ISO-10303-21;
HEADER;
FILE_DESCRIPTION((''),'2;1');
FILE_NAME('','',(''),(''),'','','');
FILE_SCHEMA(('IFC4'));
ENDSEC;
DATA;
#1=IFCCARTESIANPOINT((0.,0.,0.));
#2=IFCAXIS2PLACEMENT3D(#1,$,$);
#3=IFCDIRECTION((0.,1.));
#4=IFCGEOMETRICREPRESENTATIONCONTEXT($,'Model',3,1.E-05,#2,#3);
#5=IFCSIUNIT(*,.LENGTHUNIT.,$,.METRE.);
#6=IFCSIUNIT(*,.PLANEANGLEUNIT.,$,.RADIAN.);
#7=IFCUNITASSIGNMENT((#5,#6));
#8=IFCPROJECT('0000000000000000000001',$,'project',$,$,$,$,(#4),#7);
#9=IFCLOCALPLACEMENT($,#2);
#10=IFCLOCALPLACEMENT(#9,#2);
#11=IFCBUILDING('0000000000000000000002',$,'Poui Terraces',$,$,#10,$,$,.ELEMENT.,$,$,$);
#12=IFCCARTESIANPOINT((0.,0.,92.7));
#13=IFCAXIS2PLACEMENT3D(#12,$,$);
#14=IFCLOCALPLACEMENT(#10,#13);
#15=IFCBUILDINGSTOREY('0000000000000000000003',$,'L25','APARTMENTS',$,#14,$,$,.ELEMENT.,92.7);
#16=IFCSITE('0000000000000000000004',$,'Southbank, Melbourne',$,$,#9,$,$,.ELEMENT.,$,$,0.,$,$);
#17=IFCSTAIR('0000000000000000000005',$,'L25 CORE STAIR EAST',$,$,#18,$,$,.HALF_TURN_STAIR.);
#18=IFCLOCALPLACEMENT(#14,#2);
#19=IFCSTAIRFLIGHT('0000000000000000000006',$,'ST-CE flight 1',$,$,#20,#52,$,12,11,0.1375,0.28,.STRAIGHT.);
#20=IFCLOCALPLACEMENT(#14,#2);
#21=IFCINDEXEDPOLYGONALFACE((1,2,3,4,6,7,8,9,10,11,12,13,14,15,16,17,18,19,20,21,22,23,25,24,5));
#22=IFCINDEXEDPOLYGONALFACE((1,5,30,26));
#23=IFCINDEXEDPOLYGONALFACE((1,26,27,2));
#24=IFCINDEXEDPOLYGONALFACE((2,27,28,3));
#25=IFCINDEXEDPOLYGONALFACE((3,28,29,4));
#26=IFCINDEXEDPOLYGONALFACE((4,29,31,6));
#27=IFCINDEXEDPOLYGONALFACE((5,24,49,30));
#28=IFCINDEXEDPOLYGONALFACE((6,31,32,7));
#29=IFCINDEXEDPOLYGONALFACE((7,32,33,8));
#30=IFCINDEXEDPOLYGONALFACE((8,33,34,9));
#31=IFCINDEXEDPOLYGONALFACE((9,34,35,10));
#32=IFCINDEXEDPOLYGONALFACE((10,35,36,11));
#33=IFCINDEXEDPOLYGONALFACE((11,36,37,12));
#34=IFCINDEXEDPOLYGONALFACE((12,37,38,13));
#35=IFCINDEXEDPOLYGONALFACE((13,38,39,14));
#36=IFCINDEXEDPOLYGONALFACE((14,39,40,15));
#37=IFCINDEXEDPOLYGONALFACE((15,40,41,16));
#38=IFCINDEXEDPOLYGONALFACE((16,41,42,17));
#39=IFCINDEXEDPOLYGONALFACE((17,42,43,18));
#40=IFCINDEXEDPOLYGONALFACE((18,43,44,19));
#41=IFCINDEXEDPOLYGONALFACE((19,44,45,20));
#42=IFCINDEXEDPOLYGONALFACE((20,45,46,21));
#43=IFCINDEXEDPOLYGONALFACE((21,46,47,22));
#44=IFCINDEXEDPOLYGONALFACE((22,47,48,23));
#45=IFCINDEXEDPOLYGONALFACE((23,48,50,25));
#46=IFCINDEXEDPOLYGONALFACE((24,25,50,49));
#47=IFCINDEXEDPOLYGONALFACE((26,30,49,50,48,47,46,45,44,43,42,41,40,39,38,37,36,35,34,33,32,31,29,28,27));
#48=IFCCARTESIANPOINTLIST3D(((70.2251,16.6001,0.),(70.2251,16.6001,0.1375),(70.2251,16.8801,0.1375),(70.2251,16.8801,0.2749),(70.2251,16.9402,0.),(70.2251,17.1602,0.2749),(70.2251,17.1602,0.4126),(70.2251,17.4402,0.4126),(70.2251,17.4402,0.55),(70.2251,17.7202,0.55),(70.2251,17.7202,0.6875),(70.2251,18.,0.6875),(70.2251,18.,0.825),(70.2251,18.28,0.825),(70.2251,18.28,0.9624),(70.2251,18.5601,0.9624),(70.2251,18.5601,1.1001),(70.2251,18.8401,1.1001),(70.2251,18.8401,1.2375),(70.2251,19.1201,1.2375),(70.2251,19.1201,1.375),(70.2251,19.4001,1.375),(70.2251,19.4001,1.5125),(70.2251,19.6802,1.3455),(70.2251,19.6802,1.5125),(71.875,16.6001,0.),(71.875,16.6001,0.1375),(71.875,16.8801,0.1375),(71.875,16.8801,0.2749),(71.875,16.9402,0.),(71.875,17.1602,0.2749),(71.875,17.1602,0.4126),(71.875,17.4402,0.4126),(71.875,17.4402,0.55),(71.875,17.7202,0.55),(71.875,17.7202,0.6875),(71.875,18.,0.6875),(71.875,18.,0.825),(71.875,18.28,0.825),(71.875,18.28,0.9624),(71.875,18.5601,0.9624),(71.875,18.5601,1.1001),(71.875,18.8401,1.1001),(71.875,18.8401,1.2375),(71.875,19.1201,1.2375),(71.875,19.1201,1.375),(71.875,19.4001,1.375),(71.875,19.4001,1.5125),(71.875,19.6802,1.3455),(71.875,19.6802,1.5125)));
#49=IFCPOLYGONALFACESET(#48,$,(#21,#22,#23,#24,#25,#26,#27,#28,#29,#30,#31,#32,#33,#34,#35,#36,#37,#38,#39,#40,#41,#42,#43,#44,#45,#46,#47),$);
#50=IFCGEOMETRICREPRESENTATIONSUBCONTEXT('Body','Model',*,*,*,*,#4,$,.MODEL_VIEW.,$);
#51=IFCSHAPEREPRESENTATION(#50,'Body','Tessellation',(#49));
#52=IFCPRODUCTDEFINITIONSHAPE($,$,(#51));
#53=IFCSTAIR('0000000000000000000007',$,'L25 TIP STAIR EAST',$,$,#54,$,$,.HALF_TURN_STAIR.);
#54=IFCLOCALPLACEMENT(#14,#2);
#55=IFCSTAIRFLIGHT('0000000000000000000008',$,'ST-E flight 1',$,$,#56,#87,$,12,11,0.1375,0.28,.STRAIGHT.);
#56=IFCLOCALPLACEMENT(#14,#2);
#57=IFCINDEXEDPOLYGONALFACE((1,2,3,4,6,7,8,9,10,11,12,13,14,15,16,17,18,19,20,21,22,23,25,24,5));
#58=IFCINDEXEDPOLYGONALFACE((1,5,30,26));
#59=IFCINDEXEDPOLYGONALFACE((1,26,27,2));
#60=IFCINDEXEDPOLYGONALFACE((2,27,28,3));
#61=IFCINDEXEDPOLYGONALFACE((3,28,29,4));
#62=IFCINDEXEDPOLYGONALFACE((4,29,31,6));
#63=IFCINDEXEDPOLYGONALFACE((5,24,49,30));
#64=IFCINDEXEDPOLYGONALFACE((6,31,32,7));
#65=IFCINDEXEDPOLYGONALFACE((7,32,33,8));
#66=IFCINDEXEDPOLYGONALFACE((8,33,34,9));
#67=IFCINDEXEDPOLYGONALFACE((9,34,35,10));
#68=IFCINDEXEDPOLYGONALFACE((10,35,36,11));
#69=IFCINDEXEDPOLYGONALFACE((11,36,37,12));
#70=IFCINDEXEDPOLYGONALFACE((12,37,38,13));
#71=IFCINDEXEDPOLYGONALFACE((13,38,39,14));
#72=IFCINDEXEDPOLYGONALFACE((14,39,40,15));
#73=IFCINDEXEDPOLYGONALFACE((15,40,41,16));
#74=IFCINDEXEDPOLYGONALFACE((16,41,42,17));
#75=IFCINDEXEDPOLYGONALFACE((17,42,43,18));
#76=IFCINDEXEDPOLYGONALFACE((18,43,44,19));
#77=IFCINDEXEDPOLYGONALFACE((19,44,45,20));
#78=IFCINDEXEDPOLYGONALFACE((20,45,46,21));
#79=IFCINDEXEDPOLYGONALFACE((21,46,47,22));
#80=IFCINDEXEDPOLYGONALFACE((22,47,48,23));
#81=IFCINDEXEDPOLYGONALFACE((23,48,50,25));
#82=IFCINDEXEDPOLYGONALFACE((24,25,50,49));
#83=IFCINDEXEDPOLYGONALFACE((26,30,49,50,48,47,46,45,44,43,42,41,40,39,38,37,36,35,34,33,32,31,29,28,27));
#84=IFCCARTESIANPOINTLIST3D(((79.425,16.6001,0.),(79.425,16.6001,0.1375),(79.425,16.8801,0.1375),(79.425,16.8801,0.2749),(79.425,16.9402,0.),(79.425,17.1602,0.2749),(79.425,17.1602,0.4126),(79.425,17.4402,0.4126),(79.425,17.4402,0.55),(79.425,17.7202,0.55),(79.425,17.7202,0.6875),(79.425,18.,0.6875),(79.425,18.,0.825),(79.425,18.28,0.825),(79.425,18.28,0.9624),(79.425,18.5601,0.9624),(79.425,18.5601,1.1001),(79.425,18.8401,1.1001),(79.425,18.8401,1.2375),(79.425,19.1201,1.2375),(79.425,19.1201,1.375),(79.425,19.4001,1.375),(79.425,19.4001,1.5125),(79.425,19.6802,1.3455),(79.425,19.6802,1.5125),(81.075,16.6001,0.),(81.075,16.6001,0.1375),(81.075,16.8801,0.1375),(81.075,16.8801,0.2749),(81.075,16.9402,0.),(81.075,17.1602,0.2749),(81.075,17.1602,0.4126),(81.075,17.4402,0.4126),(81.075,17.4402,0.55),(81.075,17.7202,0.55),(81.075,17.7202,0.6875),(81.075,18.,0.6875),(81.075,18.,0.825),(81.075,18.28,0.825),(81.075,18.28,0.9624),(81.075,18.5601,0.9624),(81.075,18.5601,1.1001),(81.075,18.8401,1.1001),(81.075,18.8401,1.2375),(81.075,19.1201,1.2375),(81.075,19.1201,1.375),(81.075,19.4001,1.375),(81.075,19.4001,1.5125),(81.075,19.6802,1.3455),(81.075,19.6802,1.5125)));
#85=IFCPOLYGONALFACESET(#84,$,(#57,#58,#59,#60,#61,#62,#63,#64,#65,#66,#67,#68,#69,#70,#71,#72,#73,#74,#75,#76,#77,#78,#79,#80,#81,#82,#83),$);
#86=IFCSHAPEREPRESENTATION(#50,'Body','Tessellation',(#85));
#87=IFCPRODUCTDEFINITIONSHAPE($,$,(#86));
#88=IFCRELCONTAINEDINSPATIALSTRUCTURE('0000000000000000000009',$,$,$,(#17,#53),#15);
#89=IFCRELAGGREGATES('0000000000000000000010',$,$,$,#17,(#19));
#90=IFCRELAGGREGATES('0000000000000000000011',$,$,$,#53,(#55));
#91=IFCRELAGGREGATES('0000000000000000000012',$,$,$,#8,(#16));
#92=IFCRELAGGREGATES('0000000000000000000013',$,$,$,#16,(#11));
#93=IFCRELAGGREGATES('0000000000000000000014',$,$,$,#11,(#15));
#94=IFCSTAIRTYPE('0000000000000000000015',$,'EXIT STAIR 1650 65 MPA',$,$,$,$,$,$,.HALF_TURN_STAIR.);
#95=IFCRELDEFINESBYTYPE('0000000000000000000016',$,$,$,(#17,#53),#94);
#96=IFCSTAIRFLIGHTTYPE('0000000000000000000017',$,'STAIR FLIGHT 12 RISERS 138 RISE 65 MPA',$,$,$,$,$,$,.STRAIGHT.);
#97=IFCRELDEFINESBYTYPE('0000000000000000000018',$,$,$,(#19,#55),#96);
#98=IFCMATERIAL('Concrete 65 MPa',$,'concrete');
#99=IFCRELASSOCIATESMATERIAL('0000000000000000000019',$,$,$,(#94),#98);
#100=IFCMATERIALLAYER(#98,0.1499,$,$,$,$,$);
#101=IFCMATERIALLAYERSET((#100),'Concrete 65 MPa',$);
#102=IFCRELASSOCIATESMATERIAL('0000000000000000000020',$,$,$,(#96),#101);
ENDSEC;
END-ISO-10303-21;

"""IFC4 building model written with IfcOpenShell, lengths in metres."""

from ifc_helpers import new_model, si_unit, direction, frame, origin, place, context, subcontext, project, spatial, polyline, outline, extrude, material, layer, layer_set, type_object, element, aggregate, save


model = new_model("IFC4")

# Units and contexts
model_context = context("Model", 3, precision=1e-05, world=origin(), true_north=direction((0.0, 1.0)))
body_context = subcontext(model_context, "Body", "Model", "MODEL_VIEW")
ifc_project = project(units=[si_unit("LENGTHUNIT", "METRE"), si_unit("PLANEANGLEUNIT", "RADIAN")], contexts=[model_context])

# Site, building, storey
site_placement = place(None, origin())
site = spatial("IfcSite", under=ifc_project, at=site_placement, Name="Southbank, Melbourne", CompositionType="ELEMENT", RefElevation=0.0)
building_placement = place(site_placement, origin())
building = spatial("IfcBuilding", under=site, at=building_placement, Name="Poui Terraces", CompositionType="ELEMENT")
storey_placement = place(building_placement, frame((0.0, 0.0, 92.7)))
storey = spatial("IfcBuildingStorey", under=building, at=storey_placement, Name="L25", Description="APARTMENTS", CompositionType="ELEMENT", Elevation=92.7)

# Shared definitions
ifc_material_1 = material(Name="Concrete 65 MPa", Category="concrete")

# Stairs, stair flights
stair_type = type_object("IfcStairType", Name="EXIT STAIR 1650 65 MPA", PredefinedType="HALF_TURN_STAIR", material=ifc_material_1)
stair_1_placement = place(storey_placement, origin())
stair_1 = element("IfcStair", 1, at=stair_1_placement, inside=storey, type_object=stair_type, Name="L25 CORE STAIR EAST", PredefinedType="HALF_TURN_STAIR")
ifc_layer_1 = layer(ifc_material_1, 0.1499)
ifc_layer_set_1 = layer_set([ifc_layer_1], Name="Concrete 65 MPa")
stair_flight_type = type_object("IfcStairFlightType", Name="STAIR FLIGHT 12 RISERS 138 RISE 65 MPA", PredefinedType="STRAIGHT", material=ifc_layer_set_1)
stair_flight_1_placement = place(storey_placement, frame((71.05, 16.6001, 0.0), z_axis=(0.0, 0.0, 1.0), x_axis=(0.0, 1.0, 0.0)))
stair_flight_1 = element("IfcStairFlight", 2, at=stair_flight_1_placement, type_object=stair_flight_type, Name="ST-CE flight 1", NumberOfRisers=12, NumberOfTreads=11, PredefinedType="STRAIGHT", RiserHeight=0.1375, TreadLength=0.28, context=body_context, shape_type="SweptSolid", body=[
    extrude(outline(polyline([(0.0, 0.0), (0.0, 0.1375), (0.28, 0.1375), (0.28, 0.2749), (0.5601, 0.2749), (0.5601, 0.4126), (0.8401, 0.4126), (0.8401, 0.55), (1.1201, 0.55), (1.1201, 0.6875), (1.3999, 0.6875), (1.3999, 0.825), (1.6799, 0.825), (1.6799, 0.9624), (1.96, 0.9624), (1.96, 1.1001), (2.24, 1.1001), (2.24, 1.2375), (2.52, 1.2375), (2.52, 1.375), (2.8, 1.375), (2.8, 1.5125), (3.0801, 1.5125), (3.0801, 1.6499), (3.0801, 1.3455), (0.3401, 0.0), (0.0, 0.0)])), frame((0.0, 0.825, 0.0), z_axis=(0.0, -1.0, 0.0), x_axis=(1.0, 0.0, 0.0)), (0.0, 0.0, 1.0), 1.6499),
])
aggregate(stair_1, [stair_flight_1])
stair_2_placement = place(storey_placement, origin())
stair_2 = element("IfcStair", 3, at=stair_2_placement, inside=storey, type_object=stair_type, Name="L25 TIP STAIR EAST", PredefinedType="HALF_TURN_STAIR")
stair_flight_2_placement = place(storey_placement, frame((80.25, 16.6001, 0.0), z_axis=(0.0, 0.0, 1.0), x_axis=(0.0, 1.0, 0.0)))
stair_flight_2 = element("IfcStairFlight", 4, at=stair_flight_2_placement, type_object=stair_flight_type, Name="ST-E flight 1", NumberOfRisers=12, NumberOfTreads=11, PredefinedType="STRAIGHT", RiserHeight=0.1375, TreadLength=0.28, context=body_context, shape_type="SweptSolid", body=[
    extrude(outline(polyline([(0.0, 0.0), (0.0, 0.1375), (0.28, 0.1375), (0.28, 0.2749), (0.5601, 0.2749), (0.5601, 0.4126), (0.8401, 0.4126), (0.8401, 0.55), (1.1201, 0.55), (1.1201, 0.6875), (1.3999, 0.6875), (1.3999, 0.825), (1.6799, 0.825), (1.6799, 0.9624), (1.96, 0.9624), (1.96, 1.1001), (2.24, 1.1001), (2.24, 1.2375), (2.52, 1.2375), (2.52, 1.375), (2.8, 1.375), (2.8, 1.5125), (3.0801, 1.5125), (3.0801, 1.6499), (3.0801, 1.3455), (0.3401, 0.0), (0.0, 0.0)])), frame((0.0, 0.825, 0.0), z_axis=(0.0, -1.0, 0.0), x_axis=(1.0, 0.0, 0.0)), (0.0, 0.0, 1.0), 1.6499),
])
aggregate(stair_2, [stair_flight_2])

save(model, "model.ifc")
